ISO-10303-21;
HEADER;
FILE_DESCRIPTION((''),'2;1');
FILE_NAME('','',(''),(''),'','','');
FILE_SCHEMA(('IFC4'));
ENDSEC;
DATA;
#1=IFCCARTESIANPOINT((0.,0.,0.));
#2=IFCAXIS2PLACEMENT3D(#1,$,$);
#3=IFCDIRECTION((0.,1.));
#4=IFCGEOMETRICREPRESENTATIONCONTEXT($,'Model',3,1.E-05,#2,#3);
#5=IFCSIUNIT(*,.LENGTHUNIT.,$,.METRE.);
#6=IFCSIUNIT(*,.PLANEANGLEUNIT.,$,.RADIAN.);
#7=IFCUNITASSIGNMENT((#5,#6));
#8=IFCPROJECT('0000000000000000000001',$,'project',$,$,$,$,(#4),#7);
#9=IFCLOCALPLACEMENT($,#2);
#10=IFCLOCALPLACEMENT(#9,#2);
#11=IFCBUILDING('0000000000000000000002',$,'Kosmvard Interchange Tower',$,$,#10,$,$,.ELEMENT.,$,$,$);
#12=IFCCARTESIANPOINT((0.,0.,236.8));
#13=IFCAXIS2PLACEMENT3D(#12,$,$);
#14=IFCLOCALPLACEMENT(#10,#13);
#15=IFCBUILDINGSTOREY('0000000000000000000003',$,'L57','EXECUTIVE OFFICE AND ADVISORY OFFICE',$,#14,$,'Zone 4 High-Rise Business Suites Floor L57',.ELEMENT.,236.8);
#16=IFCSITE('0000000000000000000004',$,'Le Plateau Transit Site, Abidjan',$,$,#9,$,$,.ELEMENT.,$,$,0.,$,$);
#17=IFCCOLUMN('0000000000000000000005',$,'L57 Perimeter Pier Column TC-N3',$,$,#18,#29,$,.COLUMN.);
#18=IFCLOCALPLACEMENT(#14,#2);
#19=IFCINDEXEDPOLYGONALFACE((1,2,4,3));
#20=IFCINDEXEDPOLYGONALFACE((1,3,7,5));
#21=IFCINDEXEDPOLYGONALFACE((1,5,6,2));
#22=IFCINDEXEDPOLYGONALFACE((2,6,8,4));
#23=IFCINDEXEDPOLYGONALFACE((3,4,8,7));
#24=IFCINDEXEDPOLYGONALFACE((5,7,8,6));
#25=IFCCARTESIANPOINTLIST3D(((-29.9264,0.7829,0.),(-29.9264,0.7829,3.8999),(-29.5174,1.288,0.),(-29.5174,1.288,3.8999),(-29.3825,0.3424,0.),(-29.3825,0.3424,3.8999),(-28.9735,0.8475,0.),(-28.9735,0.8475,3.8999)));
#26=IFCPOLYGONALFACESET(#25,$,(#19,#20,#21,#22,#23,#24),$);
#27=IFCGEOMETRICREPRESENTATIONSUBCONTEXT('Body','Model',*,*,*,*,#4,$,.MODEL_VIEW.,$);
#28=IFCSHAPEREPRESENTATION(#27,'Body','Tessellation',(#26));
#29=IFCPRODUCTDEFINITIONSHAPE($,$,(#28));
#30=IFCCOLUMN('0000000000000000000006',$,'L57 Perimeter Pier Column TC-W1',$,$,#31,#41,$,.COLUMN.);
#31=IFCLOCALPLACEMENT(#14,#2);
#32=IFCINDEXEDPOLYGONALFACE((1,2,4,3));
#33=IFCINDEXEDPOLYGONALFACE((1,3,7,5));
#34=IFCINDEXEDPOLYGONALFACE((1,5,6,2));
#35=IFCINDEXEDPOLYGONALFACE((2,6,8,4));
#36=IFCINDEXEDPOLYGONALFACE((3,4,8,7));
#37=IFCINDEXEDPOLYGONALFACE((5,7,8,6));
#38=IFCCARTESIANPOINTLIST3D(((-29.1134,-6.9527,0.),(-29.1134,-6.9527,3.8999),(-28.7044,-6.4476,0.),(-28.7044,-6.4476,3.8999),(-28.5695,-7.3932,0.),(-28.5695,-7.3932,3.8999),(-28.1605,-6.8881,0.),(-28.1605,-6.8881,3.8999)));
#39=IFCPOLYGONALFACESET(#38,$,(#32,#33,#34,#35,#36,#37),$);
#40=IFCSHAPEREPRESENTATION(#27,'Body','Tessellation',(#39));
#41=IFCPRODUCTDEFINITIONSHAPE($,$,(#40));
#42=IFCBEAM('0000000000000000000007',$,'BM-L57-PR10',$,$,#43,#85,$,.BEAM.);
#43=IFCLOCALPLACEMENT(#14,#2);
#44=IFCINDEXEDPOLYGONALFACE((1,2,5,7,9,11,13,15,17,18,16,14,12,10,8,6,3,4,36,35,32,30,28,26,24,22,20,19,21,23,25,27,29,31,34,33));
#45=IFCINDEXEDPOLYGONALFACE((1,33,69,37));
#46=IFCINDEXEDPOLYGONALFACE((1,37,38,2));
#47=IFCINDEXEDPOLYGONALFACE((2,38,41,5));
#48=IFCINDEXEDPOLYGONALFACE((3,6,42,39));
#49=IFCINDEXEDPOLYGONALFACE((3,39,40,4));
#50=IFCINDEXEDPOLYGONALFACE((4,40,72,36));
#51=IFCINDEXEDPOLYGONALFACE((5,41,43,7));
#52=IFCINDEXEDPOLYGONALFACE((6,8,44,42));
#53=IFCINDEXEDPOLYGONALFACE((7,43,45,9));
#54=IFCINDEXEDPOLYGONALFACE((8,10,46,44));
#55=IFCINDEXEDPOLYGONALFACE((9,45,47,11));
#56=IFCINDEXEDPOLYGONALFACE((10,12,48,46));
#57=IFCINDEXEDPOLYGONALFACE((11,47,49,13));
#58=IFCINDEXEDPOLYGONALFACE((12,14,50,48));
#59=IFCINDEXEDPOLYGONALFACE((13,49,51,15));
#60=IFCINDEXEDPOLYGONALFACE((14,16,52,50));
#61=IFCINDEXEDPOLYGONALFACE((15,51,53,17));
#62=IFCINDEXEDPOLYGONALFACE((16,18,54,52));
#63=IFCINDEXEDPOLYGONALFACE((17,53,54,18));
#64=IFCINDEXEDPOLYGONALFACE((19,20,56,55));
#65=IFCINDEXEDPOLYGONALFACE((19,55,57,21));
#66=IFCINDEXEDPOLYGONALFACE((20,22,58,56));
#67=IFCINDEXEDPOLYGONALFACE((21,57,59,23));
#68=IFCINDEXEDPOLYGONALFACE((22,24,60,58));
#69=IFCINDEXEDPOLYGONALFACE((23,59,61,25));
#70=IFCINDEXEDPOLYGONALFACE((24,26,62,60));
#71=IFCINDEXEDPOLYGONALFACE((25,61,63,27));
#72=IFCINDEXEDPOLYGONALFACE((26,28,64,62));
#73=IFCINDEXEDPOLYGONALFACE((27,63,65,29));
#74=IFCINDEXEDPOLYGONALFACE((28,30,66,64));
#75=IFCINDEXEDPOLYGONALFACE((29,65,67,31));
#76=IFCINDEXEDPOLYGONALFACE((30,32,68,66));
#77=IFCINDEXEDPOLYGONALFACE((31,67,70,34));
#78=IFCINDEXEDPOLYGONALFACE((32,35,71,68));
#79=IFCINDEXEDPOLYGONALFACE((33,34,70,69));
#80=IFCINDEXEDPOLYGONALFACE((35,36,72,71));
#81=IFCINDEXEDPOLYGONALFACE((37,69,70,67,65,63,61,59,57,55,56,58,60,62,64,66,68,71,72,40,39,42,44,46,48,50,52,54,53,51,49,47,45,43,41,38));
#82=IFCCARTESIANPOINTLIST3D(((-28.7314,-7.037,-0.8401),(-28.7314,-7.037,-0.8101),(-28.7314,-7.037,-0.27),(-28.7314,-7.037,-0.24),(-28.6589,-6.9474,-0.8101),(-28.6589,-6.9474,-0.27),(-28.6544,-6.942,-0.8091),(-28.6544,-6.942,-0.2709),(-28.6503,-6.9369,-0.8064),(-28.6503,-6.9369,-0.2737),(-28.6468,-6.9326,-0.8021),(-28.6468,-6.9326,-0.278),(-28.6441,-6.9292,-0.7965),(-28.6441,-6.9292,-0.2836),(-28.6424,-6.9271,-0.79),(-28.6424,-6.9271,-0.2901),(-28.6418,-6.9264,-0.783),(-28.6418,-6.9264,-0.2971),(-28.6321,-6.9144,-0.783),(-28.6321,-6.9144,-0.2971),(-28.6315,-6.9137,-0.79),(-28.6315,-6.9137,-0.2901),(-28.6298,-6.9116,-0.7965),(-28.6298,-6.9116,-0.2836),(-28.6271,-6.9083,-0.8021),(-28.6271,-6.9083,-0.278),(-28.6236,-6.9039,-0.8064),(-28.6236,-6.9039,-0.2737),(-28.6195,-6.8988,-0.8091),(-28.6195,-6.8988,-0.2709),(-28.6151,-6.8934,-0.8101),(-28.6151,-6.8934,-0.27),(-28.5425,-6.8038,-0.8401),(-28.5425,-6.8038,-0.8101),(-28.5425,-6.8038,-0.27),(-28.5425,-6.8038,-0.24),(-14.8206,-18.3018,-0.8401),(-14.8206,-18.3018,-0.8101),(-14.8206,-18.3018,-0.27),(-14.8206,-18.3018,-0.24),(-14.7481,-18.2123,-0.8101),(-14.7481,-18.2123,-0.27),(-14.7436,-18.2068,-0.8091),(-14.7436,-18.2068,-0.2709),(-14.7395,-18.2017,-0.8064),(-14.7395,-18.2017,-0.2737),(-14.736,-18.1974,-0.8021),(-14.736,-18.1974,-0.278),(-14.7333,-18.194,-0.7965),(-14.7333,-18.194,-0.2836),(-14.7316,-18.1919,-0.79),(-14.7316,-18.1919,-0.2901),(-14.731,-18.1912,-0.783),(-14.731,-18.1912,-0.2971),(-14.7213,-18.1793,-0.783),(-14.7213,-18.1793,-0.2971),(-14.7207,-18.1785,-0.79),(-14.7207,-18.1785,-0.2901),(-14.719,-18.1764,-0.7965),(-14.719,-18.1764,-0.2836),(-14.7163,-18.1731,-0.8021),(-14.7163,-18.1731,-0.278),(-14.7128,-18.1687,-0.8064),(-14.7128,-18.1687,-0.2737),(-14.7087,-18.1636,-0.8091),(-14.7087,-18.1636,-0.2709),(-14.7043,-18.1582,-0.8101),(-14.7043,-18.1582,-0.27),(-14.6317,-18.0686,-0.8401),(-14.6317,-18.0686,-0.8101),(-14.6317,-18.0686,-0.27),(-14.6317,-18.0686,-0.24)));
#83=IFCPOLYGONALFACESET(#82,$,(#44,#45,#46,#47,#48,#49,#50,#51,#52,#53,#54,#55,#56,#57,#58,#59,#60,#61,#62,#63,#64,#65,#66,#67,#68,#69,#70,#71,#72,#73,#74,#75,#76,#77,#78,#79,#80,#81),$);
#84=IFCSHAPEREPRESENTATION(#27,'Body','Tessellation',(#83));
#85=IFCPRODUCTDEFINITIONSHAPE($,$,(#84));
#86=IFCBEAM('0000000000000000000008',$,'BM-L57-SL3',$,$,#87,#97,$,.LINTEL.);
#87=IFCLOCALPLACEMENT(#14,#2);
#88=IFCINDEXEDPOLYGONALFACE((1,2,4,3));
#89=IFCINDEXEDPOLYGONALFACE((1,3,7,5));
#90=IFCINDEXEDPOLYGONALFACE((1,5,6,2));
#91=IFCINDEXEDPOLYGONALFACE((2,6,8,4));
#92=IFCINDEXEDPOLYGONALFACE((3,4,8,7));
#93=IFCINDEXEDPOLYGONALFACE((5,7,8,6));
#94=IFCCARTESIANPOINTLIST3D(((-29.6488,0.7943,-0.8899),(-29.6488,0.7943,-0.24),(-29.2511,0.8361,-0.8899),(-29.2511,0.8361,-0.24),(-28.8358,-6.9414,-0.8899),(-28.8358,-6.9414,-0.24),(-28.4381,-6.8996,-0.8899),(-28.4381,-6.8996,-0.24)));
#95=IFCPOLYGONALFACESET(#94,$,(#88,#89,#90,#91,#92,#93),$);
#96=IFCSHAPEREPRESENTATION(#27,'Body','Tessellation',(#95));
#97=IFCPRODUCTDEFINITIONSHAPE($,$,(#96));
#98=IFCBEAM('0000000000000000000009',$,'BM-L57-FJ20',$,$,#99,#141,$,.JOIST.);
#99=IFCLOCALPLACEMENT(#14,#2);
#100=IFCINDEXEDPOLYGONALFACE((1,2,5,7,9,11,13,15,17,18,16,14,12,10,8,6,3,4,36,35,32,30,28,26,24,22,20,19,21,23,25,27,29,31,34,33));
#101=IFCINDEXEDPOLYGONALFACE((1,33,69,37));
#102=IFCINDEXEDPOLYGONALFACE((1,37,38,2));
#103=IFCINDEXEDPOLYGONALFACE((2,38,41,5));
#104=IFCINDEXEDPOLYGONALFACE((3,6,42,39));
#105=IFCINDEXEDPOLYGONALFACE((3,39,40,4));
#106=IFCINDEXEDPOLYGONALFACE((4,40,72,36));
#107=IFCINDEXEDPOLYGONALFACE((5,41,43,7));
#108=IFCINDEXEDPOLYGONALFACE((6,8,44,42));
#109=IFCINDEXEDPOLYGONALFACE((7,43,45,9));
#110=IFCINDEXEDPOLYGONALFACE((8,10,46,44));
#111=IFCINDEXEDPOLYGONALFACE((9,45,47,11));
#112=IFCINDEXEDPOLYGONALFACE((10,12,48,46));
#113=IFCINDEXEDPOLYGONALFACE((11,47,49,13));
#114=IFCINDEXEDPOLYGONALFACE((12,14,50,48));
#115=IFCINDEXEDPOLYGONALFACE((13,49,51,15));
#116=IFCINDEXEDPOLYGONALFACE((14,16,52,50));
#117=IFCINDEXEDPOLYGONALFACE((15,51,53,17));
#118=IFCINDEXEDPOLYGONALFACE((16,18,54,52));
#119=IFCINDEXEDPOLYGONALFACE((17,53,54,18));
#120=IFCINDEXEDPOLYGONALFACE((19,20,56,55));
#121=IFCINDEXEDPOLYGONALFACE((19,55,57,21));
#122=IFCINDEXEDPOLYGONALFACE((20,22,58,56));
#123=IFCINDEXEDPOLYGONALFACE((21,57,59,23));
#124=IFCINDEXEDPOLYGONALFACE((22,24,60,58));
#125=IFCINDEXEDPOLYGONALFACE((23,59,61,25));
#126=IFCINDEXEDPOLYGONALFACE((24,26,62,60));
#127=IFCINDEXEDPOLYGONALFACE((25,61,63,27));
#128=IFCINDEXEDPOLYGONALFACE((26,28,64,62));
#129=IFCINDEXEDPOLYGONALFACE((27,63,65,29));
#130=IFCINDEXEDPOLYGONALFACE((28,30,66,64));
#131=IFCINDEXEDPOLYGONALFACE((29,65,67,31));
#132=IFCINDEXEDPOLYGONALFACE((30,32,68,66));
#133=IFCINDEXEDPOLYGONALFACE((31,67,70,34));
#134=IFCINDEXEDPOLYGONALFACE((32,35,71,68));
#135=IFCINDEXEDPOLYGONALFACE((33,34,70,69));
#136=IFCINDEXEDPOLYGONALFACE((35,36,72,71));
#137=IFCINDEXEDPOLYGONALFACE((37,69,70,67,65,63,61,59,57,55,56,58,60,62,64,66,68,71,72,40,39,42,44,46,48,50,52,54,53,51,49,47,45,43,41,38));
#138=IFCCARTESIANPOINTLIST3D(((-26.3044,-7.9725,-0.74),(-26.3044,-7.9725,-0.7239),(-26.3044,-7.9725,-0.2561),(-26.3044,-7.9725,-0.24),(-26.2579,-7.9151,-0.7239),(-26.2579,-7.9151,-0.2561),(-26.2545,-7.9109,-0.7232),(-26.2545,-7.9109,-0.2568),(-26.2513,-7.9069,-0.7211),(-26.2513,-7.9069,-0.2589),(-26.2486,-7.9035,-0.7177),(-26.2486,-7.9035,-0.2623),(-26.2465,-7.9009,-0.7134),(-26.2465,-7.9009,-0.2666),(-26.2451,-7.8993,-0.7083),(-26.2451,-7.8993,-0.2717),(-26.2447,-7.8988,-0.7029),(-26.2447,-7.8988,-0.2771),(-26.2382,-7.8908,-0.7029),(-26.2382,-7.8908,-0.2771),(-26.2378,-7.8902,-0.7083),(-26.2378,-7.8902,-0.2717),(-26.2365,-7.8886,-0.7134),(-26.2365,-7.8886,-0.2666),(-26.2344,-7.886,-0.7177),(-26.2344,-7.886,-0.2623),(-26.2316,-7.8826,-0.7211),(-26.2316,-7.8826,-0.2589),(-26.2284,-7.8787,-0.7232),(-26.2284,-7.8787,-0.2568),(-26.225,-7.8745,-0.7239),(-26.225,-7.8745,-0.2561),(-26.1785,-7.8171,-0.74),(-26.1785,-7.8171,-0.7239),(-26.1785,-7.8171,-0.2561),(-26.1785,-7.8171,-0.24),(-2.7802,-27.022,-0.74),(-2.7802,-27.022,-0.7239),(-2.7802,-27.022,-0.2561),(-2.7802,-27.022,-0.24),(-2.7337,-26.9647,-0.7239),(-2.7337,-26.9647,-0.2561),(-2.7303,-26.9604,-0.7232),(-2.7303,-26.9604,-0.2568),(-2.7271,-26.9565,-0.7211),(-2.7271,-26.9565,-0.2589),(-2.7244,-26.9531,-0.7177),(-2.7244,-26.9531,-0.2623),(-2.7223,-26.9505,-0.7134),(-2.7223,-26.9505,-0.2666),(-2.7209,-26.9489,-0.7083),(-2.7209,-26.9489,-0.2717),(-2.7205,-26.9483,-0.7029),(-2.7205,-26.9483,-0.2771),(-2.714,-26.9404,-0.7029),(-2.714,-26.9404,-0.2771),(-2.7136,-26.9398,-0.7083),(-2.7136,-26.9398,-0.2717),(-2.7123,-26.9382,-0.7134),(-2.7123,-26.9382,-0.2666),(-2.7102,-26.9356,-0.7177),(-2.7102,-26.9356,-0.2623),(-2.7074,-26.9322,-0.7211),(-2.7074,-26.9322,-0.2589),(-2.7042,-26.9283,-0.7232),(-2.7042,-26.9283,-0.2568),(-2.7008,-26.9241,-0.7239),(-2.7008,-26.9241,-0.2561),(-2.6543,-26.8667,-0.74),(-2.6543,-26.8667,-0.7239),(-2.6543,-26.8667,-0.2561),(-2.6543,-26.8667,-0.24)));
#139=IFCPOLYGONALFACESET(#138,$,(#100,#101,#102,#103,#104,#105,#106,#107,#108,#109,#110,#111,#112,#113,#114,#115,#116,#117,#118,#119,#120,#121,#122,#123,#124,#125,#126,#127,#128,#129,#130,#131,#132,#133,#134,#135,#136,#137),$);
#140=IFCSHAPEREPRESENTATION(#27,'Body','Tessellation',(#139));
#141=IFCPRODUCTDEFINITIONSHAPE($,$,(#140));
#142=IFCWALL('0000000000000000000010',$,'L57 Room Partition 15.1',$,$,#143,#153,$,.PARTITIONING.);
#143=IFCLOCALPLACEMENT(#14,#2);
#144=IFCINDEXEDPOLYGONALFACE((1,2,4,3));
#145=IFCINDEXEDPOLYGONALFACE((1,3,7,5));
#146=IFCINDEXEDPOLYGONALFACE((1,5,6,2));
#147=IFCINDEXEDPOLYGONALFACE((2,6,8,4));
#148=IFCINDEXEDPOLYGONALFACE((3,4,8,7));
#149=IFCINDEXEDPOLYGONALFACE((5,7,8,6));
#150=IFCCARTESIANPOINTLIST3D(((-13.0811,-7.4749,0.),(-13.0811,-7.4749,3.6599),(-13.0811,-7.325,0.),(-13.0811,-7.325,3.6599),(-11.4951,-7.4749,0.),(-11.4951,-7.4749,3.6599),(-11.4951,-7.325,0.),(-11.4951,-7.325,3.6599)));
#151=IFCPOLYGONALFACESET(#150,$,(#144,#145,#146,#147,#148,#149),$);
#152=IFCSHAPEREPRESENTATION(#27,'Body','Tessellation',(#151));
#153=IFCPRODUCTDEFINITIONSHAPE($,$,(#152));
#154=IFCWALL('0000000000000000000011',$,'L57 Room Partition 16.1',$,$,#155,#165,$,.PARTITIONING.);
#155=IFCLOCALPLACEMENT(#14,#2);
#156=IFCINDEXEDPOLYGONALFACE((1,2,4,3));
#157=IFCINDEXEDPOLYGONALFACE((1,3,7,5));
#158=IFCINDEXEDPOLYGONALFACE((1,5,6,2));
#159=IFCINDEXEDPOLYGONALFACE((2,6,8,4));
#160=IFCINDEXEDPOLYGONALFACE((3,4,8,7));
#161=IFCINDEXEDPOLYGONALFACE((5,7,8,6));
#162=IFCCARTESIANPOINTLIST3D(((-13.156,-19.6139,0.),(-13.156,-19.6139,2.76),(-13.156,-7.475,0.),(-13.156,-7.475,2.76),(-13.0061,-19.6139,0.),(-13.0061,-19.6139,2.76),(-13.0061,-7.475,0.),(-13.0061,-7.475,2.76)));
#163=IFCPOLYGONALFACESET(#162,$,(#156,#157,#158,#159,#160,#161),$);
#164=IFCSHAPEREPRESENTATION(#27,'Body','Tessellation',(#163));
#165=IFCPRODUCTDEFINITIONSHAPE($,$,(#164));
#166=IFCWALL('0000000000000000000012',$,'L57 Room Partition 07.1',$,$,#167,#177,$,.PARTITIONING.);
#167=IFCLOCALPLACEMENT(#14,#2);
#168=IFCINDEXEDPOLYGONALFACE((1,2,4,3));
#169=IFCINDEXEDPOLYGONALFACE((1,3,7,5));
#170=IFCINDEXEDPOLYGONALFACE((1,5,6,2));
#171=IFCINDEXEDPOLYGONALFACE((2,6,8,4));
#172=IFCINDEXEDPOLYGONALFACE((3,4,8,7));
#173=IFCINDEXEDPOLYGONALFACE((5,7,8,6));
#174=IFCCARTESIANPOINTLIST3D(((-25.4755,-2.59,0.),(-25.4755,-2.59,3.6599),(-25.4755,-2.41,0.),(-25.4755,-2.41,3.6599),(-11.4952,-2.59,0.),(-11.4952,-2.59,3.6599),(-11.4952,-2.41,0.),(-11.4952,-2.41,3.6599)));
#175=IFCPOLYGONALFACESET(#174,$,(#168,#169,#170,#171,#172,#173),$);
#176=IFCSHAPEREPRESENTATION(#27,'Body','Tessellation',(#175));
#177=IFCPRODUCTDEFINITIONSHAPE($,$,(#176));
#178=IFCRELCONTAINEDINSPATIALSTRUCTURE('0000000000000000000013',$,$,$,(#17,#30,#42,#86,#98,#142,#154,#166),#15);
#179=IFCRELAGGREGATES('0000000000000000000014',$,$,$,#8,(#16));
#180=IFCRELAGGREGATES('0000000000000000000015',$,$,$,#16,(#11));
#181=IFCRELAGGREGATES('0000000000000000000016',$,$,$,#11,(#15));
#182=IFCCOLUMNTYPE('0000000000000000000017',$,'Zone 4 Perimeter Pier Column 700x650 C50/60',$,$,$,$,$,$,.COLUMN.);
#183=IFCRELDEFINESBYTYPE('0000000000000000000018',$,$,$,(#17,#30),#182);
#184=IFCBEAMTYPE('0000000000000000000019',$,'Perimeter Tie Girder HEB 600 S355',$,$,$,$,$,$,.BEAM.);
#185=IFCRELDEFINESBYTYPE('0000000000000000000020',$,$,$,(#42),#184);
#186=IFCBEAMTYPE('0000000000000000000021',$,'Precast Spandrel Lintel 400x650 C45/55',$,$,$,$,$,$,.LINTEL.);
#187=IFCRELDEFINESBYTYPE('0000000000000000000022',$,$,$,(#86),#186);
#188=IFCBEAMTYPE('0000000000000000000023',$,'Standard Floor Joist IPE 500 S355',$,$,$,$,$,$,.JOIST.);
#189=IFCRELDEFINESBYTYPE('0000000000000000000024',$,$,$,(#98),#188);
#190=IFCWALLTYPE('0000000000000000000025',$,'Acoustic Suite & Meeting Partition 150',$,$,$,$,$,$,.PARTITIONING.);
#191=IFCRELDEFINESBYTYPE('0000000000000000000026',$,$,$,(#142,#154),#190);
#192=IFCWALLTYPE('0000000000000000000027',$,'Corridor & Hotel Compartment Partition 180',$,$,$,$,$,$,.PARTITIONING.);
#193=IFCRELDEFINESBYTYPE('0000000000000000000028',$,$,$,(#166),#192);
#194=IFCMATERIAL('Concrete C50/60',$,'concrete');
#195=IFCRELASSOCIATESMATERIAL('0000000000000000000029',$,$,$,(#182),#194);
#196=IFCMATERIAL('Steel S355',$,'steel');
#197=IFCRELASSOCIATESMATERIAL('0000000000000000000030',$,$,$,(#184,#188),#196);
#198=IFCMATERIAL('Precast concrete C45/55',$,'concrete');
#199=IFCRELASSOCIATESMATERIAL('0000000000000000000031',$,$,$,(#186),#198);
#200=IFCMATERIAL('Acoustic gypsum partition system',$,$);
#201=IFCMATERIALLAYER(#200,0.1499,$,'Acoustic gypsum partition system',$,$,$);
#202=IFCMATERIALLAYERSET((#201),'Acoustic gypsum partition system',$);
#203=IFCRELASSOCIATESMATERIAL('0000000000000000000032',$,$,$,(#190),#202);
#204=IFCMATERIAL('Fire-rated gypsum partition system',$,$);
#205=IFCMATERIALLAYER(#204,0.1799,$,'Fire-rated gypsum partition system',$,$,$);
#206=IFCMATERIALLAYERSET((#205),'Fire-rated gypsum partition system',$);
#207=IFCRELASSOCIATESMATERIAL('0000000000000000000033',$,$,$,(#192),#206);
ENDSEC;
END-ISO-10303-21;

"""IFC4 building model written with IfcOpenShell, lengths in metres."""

from ifc_helpers import new_model, si_unit, direction, frame, frame_2d, origin, origin_2d, place, context, subcontext, project, spatial, rectangle, i_section, extrude, source, transform, mapped, material, layer, layer_set, material_profile, profile_set, type_object, element, save


model = new_model("IFC4")

# Units and contexts
model_context = context("Model", 3, precision=1e-05, world=origin(), true_north=direction((0.0, 1.0)))
body_context = subcontext(model_context, "Body", "Model", "MODEL_VIEW")
ifc_project = project(units=[si_unit("LENGTHUNIT", "METRE"), si_unit("PLANEANGLEUNIT", "RADIAN")], contexts=[model_context])

# Site, building, storey
site_placement = place(None, origin())
site = spatial("IfcSite", under=ifc_project, at=site_placement, Name="Le Plateau Transit Site, Abidjan", CompositionType="ELEMENT", RefElevation=0.0)
building_placement = place(site_placement, origin())
building = spatial("IfcBuilding", under=site, at=building_placement, Name="Kosmvard Interchange Tower", CompositionType="ELEMENT")
storey_placement = place(building_placement, frame((0.0, 0.0, 236.8)))
storey = spatial("IfcBuildingStorey", under=building, at=storey_placement, Name="L57", Description="EXECUTIVE OFFICE AND ADVISORY OFFICE", LongName="Zone 4 High-Rise Business Suites Floor L57", CompositionType="ELEMENT", Elevation=236.8)

# Columns
ifc_material_1 = material(Name="Concrete C50/60", Category="concrete")
ifc_material_profile_1 = material_profile(ifc_material_1, rectangle(XDim=0.6499, YDim=0.7, at=origin_2d()), Name="TC 700x650")
ifc_profile_set_1 = profile_set([ifc_material_profile_1], Name="Concrete C50/60")
column_type = type_object("IfcColumnType", Name="Zone 4 Perimeter Pier Column 700x650 C50/60", PredefinedType="COLUMN", material=ifc_profile_set_1)
shared_shape_1 = source(origin(), body_context, "Body", "SweptSolid", [
    extrude(rectangle(XDim=0.6499, YDim=0.7, at=origin_2d()), origin(), (0.0, 0.0, 1.0), 3.8999),
])
for number, where, z_axis, x_axis, name in (
    (1, (-29.45, 0.8152, 0.0), (0.0, 0.0, 1.0), (0.62932, 0.777146, 0.0), "L57 Perimeter Pier Column TC-N3"),
    (2, (-28.637, -6.9204, 0.0), (0.0, 0.0, 1.0), (0.62932, 0.777146, 0.0), "L57 Perimeter Pier Column TC-W1"),
):
    element("IfcColumn", number, at=place(storey_placement, frame(where, z_axis=z_axis, x_axis=x_axis)), inside=storey, type_object=column_type, Name=name, PredefinedType="COLUMN", context=body_context, shape_type="MappedRepresentation", body=[
        mapped(shared_shape_1, transform((0.0, 0.0, 0.0), scale=1.0)),
    ])

# Beams
ifc_material_2 = material(Name="Steel S355", Category="steel")
ifc_material_profile_2 = material_profile(ifc_material_2, i_section(OverallWidth=0.3, OverallDepth=0.6001, WebThickness=0.0154, FlangeThickness=0.03, FilletRadius=0.0271, at=origin_2d()), Name="HEB 600")
ifc_profile_set_2 = profile_set([ifc_material_profile_2], Name="Steel S355")
beam_type_1 = type_object("IfcBeamType", Name="Perimeter Tie Girder HEB 600 S355", PredefinedType="BEAM", material=ifc_profile_set_2)
shared_shape_2 = source(origin(), body_context, "Body", "SweptSolid", [
    extrude(i_section(OverallWidth=0.3, OverallDepth=0.6001, WebThickness=0.0154, FlangeThickness=0.03, FilletRadius=0.0271, at=origin_2d()), origin(), (0.0, 0.0, 1.0), 17.8999),
])
beam_1_placement = place(storey_placement, frame((-28.637, -6.9204, -0.54), z_axis=(0.777144, -0.629323, 0.0), x_axis=(0.629323, 0.777144, 0.0)))
element("IfcBeam", 3, at=beam_1_placement, inside=storey, type_object=beam_type_1, Name="BM-L57-PR10", PredefinedType="BEAM", context=body_context, shape_type="MappedRepresentation", body=[
    mapped(shared_shape_2, transform((0.0, 0.0, 0.0), scale=1.0)),
])
ifc_material_3 = material(Name="Precast concrete C45/55", Category="concrete")
ifc_material_profile_3 = material_profile(ifc_material_3, rectangle(XDim=0.3999, YDim=0.6499, at=origin_2d()), Name="SL 400x650")
ifc_profile_set_3 = profile_set([ifc_material_profile_3], Name="Precast concrete C45/55")
beam_type_2 = type_object("IfcBeamType", Name="Precast Spandrel Lintel 400x650 C45/55", PredefinedType="LINTEL", material=ifc_profile_set_3)
shared_shape_3 = source(origin(), body_context, "Body", "SweptSolid", [
    extrude(rectangle(XDim=0.3999, YDim=0.6499, at=origin_2d()), origin(), (0.0, 0.0, 1.0), 7.7783),
])
beam_2_placement = place(storey_placement, frame((-29.45, 0.8152, -0.5649), z_axis=(0.104521, -0.994523, 0.0), x_axis=(0.994523, 0.104521, 0.0)))
element("IfcBeam", 4, at=beam_2_placement, inside=storey, type_object=beam_type_2, Name="BM-L57-SL3", PredefinedType="LINTEL", context=body_context, shape_type="MappedRepresentation", body=[
    mapped(shared_shape_3, transform((0.0, 0.0, 0.0), scale=1.0)),
])
ifc_material_profile_4 = material_profile(ifc_material_2, i_section(OverallWidth=0.2, OverallDepth=0.5, WebThickness=0.0103, FlangeThickness=0.0161, FilletRadius=0.021, at=origin_2d()), Name="IPE 500")
ifc_profile_set_4 = profile_set([ifc_material_profile_4], Name="Steel S355")
beam_type_3 = type_object("IfcBeamType", Name="Standard Floor Joist IPE 500 S355", PredefinedType="JOIST", material=ifc_profile_set_4)
shared_shape_4 = source(origin(), body_context, "Body", "SweptSolid", [
    extrude(i_section(OverallWidth=0.2, OverallDepth=0.5, WebThickness=0.0103, FlangeThickness=0.0161, FilletRadius=0.021, at=origin_2d()), origin(), (0.0, 0.0, 1.0), 30.27),
])
beam_3_placement = place(storey_placement, frame((-26.2415, -7.8948, -0.49), z_axis=(0.777145, -0.629322, 0.0), x_axis=(0.629322, 0.777145, 0.0)))
element("IfcBeam", 5, at=beam_3_placement, inside=storey, type_object=beam_type_3, Name="BM-L57-FJ20", PredefinedType="JOIST", context=body_context, shape_type="MappedRepresentation", body=[
    mapped(shared_shape_4, transform((0.0, 0.0, 0.0), scale=1.0)),
])

# Walls
ifc_material_4 = material(Name="Acoustic gypsum partition system")
ifc_layer_1 = layer(ifc_material_4, 0.1499, Name="Acoustic gypsum partition system")
ifc_layer_set_1 = layer_set([ifc_layer_1], Name="Acoustic gypsum partition system")
wall_type_1 = type_object("IfcWallType", Name="Acoustic Suite & Meeting Partition 150", PredefinedType="PARTITIONING", material=ifc_layer_set_1)
wall_1_placement = place(storey_placement, frame((-11.4951, -7.3999, 0.0), z_axis=(0.0, 0.0, 1.0), x_axis=(-1.0, 0.0, 0.0)))
element("IfcWall", 6, at=wall_1_placement, inside=storey, type_object=wall_type_1, Name="L57 Room Partition 15.1", PredefinedType="PARTITIONING", context=body_context, shape_type="SweptSolid", body=[
    extrude(rectangle(XDim=1.5859, YDim=0.1499, at=frame_2d((0.793, 0.0))), origin(), (0.0, 0.0, 1.0), 3.6599),
])
wall_2_placement = place(storey_placement, frame((-13.0811, -7.4751, 0.0), z_axis=(0.0, 0.0, 1.0), x_axis=(0.0, -1.0, 0.0)))
element("IfcWall", 7, at=wall_2_placement, inside=storey, type_object=wall_type_1, Name="L57 Room Partition 16.1", PredefinedType="PARTITIONING", context=body_context, shape_type="SweptSolid", body=[
    extrude(rectangle(XDim=12.1389, YDim=0.1499, at=frame_2d((6.0693, 0.0))), origin(), (0.0, 0.0, 1.0), 2.76),
])
ifc_material_5 = material(Name="Fire-rated gypsum partition system")
ifc_layer_2 = layer(ifc_material_5, 0.1799, Name="Fire-rated gypsum partition system")
ifc_layer_set_2 = layer_set([ifc_layer_2], Name="Fire-rated gypsum partition system")
wall_type_2 = type_object("IfcWallType", Name="Corridor & Hotel Compartment Partition 180", PredefinedType="PARTITIONING", material=ifc_layer_set_2)
wall_3_placement = place(storey_placement, frame((-11.4951, -2.5, 0.0), z_axis=(0.0, 0.0, 1.0), x_axis=(-1.0, 0.0, 0.0)))
element("IfcWall", 8, at=wall_3_placement, inside=storey, type_object=wall_type_2, Name="L57 Room Partition 07.1", PredefinedType="PARTITIONING", context=body_context, shape_type="SweptSolid", body=[
    extrude(rectangle(XDim=13.9802, YDim=0.1799, at=frame_2d((6.9902, 0.0))), origin(), (0.0, 0.0, 1.0), 3.6599),
])

save(model, "model.ifc")
